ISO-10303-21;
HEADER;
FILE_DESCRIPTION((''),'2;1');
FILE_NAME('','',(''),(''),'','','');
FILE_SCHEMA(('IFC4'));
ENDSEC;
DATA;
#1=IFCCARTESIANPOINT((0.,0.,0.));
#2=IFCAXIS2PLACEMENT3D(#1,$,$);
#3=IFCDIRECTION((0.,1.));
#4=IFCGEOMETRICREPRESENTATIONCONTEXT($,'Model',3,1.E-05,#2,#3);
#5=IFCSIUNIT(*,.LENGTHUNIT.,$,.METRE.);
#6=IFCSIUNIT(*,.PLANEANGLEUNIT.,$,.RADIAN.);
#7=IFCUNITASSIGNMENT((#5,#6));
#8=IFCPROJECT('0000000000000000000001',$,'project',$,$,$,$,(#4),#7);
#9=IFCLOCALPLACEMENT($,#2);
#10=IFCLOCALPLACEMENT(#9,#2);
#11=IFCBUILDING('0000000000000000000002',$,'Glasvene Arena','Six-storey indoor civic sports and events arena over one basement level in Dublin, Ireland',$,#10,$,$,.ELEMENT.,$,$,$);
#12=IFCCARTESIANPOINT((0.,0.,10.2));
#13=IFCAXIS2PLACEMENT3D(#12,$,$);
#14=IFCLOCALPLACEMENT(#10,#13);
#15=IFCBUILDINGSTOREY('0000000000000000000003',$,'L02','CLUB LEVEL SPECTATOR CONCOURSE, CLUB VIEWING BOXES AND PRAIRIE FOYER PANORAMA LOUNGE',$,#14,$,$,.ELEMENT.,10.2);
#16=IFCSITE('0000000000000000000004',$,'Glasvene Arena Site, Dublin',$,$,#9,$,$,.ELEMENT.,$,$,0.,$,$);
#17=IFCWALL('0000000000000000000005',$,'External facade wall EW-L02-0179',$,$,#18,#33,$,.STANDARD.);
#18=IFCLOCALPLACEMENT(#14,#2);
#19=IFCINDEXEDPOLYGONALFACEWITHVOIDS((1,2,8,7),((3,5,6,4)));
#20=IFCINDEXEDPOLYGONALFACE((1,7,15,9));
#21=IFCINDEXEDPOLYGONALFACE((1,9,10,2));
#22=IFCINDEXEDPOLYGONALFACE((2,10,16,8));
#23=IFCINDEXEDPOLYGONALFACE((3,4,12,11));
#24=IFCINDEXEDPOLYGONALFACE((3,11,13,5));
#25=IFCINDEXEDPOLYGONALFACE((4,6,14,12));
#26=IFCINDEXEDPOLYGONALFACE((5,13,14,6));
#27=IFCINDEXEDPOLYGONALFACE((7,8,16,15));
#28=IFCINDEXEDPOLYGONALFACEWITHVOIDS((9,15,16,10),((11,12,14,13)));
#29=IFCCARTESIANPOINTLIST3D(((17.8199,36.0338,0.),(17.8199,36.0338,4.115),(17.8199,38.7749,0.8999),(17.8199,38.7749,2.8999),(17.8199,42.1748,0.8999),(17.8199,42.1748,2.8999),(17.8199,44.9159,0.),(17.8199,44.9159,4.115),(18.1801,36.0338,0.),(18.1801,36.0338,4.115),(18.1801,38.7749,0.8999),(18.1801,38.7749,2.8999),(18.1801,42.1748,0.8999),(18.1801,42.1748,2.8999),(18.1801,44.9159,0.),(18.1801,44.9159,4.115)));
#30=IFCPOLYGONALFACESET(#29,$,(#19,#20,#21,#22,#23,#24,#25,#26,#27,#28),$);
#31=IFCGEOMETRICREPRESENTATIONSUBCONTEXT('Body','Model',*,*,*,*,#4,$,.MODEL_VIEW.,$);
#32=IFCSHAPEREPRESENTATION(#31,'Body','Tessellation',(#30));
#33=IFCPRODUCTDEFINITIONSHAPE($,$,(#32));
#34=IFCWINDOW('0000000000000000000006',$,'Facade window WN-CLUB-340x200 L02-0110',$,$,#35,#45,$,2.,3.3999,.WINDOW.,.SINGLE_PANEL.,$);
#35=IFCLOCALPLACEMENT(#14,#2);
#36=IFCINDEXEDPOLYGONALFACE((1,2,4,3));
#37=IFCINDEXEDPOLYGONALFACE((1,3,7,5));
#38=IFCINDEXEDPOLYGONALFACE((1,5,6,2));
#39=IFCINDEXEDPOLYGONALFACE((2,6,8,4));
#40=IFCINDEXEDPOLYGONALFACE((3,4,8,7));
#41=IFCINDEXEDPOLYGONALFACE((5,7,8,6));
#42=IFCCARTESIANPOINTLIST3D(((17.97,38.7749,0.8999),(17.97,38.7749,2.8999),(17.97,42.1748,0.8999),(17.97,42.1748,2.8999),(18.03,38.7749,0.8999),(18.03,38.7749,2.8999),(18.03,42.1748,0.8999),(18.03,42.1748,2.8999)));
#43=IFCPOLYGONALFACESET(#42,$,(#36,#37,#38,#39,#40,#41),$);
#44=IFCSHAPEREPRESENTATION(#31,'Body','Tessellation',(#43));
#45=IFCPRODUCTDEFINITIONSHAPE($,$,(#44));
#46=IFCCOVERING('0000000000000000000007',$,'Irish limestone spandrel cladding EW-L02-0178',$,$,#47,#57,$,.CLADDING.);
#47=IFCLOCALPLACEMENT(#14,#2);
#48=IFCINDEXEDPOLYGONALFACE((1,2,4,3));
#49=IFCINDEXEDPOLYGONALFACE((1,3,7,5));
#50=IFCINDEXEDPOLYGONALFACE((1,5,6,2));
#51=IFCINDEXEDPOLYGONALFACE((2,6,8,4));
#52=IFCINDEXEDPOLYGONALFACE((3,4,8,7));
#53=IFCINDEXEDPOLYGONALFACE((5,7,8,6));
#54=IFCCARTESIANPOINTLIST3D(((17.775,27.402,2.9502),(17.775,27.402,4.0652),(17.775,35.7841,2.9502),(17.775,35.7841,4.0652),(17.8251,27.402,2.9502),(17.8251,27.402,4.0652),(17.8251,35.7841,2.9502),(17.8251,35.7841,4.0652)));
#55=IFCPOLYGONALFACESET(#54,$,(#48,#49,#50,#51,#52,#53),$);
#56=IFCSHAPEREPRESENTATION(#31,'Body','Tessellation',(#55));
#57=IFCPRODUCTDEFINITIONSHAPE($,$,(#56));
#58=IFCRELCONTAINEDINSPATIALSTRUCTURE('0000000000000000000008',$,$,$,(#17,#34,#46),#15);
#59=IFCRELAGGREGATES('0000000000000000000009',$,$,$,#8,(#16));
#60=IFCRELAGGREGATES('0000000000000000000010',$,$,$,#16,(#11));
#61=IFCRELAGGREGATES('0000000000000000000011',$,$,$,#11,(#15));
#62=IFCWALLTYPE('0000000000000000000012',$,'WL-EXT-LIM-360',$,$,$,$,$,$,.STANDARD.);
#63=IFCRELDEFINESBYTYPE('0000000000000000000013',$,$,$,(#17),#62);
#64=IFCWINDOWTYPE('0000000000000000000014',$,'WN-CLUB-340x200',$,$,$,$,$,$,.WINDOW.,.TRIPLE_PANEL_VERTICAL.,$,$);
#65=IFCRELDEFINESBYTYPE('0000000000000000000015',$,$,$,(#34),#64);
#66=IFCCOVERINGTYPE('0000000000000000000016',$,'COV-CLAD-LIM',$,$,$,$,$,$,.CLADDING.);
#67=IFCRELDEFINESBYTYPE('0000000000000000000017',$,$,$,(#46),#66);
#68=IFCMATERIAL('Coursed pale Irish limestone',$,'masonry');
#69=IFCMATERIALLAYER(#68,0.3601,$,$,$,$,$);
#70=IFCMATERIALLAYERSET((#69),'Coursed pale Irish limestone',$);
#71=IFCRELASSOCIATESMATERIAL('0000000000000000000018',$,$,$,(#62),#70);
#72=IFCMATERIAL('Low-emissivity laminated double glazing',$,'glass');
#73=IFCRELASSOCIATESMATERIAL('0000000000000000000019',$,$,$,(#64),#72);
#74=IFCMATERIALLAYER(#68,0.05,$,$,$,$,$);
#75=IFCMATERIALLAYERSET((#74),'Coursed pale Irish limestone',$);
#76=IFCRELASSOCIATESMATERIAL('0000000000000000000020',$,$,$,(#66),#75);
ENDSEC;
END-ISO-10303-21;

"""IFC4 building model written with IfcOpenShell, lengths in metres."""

from ifc_helpers import new_model, si_unit, direction, frame, frame_2d, origin, origin_2d, place, context, subcontext, project, spatial, rectangle, extrude, material, layer, layer_set, type_object, element, fill, save


model = new_model("IFC4")

# Units and contexts
model_context = context("Model", 3, precision=1e-05, world=origin(), true_north=direction((0.0, 1.0)))
body_context = subcontext(model_context, "Body", "Model", "MODEL_VIEW")
ifc_project = project(units=[si_unit("LENGTHUNIT", "METRE"), si_unit("PLANEANGLEUNIT", "RADIAN")], contexts=[model_context])

# Site, building, storey
site_placement = place(None, origin())
site = spatial("IfcSite", under=ifc_project, at=site_placement, Name="Glasvene Arena Site, Dublin", CompositionType="ELEMENT", RefElevation=0.0)
building_placement = place(site_placement, origin())
building = spatial("IfcBuilding", under=site, at=building_placement, Name="Glasvene Arena", Description="Six-storey indoor civic sports and events arena over one basement level in Dublin, Ireland", CompositionType="ELEMENT")
storey_placement = place(building_placement, frame((0.0, 0.0, 10.2)))
storey = spatial("IfcBuildingStorey", under=building, at=storey_placement, Name="L02", Description="CLUB LEVEL SPECTATOR CONCOURSE, CLUB VIEWING BOXES AND PRAIRIE FOYER PANORAMA LOUNGE", CompositionType="ELEMENT", Elevation=10.2)

# Shared definitions
ifc_material_1 = material(Name="Low-emissivity laminated double glazing", Category="glass")

# Wall, opening, window
ifc_material_2 = material(Name="Coursed pale Irish limestone", Category="masonry")
ifc_layer_1 = layer(ifc_material_2, 0.3601)
ifc_layer_set_1 = layer_set([ifc_layer_1], Name="Coursed pale Irish limestone")
wall_type = type_object("IfcWallType", Name="WL-EXT-LIM-360", PredefinedType="STANDARD", material=ifc_layer_set_1)
wall_placement = place(storey_placement, frame((18.0, 36.0339, 0.0), z_axis=(0.0, 0.0, 1.0), x_axis=(0.0, 1.0, 0.0)))
wall = element("IfcWall", 1, at=wall_placement, inside=storey, type_object=wall_type, Name="External facade wall EW-L02-0179", PredefinedType="STANDARD", context=body_context, shape_type="SweptSolid", body=[
    extrude(rectangle(XDim=8.8821, YDim=0.3601, at=frame_2d((4.4409, 0.0))), origin(), (0.0, 0.0, 1.0), 4.115),
])
opening_placement = place(wall_placement, frame((2.741, 0.0, 0.8999)))
opening = element("IfcOpeningElement", 2, at=opening_placement, cuts=wall, PredefinedType="OPENING", context=body_context, shape_type="SweptSolid", body=[
    extrude(rectangle(XDim=3.3999, YDim=2.0, at=frame_2d((1.7, 1.0))), frame((0.0, 0.1899, 0.0), z_axis=(0.0, -1.0, 0.0), x_axis=(1.0, 0.0, 0.0)), (0.0, 0.0, 1.0), 0.3801),
])
window_type = type_object("IfcWindowType", Name="WN-CLUB-340x200", PartitioningType="TRIPLE_PANEL_VERTICAL", PredefinedType="WINDOW", material=ifc_material_1)
window_placement = place(opening_placement, origin())
window = element("IfcWindow", 3, at=window_placement, inside=storey, type_object=window_type, Name="Facade window WN-CLUB-340x200 L02-0110", OverallHeight=2.0, OverallWidth=3.3999, PartitioningType="SINGLE_PANEL", PredefinedType="WINDOW", context=body_context, shape_type="SweptSolid", body=[
    extrude(rectangle(XDim=3.3999, YDim=2.0, at=frame_2d((1.7, 1.0))), frame((0.0, 0.03, 0.0), z_axis=(0.0, -1.0, 0.0), x_axis=(1.0, 0.0, 0.0)), (0.0, 0.0, 1.0), 0.0601),
])
fill(opening, window)

# Covering
ifc_layer_2 = layer(ifc_material_2, 0.05)
ifc_layer_set_2 = layer_set([ifc_layer_2], Name="Coursed pale Irish limestone")
covering_type = type_object("IfcCoveringType", Name="COV-CLAD-LIM", PredefinedType="CLADDING", material=ifc_layer_set_2)
covering_placement = place(storey_placement, frame((17.8, 31.593, 2.9502), z_axis=(0.0, 0.0, 1.0), x_axis=(0.0, 1.0, 0.0)))
element("IfcCovering", 4, at=covering_placement, inside=storey, type_object=covering_type, Name="Irish limestone spandrel cladding EW-L02-0178", PredefinedType="CLADDING", context=body_context, shape_type="SweptSolid", body=[
    extrude(rectangle(XDim=8.3821, YDim=0.05, at=origin_2d()), origin(), (0.0, 0.0, 1.0), 1.115),
])

save(model, "model.ifc")
